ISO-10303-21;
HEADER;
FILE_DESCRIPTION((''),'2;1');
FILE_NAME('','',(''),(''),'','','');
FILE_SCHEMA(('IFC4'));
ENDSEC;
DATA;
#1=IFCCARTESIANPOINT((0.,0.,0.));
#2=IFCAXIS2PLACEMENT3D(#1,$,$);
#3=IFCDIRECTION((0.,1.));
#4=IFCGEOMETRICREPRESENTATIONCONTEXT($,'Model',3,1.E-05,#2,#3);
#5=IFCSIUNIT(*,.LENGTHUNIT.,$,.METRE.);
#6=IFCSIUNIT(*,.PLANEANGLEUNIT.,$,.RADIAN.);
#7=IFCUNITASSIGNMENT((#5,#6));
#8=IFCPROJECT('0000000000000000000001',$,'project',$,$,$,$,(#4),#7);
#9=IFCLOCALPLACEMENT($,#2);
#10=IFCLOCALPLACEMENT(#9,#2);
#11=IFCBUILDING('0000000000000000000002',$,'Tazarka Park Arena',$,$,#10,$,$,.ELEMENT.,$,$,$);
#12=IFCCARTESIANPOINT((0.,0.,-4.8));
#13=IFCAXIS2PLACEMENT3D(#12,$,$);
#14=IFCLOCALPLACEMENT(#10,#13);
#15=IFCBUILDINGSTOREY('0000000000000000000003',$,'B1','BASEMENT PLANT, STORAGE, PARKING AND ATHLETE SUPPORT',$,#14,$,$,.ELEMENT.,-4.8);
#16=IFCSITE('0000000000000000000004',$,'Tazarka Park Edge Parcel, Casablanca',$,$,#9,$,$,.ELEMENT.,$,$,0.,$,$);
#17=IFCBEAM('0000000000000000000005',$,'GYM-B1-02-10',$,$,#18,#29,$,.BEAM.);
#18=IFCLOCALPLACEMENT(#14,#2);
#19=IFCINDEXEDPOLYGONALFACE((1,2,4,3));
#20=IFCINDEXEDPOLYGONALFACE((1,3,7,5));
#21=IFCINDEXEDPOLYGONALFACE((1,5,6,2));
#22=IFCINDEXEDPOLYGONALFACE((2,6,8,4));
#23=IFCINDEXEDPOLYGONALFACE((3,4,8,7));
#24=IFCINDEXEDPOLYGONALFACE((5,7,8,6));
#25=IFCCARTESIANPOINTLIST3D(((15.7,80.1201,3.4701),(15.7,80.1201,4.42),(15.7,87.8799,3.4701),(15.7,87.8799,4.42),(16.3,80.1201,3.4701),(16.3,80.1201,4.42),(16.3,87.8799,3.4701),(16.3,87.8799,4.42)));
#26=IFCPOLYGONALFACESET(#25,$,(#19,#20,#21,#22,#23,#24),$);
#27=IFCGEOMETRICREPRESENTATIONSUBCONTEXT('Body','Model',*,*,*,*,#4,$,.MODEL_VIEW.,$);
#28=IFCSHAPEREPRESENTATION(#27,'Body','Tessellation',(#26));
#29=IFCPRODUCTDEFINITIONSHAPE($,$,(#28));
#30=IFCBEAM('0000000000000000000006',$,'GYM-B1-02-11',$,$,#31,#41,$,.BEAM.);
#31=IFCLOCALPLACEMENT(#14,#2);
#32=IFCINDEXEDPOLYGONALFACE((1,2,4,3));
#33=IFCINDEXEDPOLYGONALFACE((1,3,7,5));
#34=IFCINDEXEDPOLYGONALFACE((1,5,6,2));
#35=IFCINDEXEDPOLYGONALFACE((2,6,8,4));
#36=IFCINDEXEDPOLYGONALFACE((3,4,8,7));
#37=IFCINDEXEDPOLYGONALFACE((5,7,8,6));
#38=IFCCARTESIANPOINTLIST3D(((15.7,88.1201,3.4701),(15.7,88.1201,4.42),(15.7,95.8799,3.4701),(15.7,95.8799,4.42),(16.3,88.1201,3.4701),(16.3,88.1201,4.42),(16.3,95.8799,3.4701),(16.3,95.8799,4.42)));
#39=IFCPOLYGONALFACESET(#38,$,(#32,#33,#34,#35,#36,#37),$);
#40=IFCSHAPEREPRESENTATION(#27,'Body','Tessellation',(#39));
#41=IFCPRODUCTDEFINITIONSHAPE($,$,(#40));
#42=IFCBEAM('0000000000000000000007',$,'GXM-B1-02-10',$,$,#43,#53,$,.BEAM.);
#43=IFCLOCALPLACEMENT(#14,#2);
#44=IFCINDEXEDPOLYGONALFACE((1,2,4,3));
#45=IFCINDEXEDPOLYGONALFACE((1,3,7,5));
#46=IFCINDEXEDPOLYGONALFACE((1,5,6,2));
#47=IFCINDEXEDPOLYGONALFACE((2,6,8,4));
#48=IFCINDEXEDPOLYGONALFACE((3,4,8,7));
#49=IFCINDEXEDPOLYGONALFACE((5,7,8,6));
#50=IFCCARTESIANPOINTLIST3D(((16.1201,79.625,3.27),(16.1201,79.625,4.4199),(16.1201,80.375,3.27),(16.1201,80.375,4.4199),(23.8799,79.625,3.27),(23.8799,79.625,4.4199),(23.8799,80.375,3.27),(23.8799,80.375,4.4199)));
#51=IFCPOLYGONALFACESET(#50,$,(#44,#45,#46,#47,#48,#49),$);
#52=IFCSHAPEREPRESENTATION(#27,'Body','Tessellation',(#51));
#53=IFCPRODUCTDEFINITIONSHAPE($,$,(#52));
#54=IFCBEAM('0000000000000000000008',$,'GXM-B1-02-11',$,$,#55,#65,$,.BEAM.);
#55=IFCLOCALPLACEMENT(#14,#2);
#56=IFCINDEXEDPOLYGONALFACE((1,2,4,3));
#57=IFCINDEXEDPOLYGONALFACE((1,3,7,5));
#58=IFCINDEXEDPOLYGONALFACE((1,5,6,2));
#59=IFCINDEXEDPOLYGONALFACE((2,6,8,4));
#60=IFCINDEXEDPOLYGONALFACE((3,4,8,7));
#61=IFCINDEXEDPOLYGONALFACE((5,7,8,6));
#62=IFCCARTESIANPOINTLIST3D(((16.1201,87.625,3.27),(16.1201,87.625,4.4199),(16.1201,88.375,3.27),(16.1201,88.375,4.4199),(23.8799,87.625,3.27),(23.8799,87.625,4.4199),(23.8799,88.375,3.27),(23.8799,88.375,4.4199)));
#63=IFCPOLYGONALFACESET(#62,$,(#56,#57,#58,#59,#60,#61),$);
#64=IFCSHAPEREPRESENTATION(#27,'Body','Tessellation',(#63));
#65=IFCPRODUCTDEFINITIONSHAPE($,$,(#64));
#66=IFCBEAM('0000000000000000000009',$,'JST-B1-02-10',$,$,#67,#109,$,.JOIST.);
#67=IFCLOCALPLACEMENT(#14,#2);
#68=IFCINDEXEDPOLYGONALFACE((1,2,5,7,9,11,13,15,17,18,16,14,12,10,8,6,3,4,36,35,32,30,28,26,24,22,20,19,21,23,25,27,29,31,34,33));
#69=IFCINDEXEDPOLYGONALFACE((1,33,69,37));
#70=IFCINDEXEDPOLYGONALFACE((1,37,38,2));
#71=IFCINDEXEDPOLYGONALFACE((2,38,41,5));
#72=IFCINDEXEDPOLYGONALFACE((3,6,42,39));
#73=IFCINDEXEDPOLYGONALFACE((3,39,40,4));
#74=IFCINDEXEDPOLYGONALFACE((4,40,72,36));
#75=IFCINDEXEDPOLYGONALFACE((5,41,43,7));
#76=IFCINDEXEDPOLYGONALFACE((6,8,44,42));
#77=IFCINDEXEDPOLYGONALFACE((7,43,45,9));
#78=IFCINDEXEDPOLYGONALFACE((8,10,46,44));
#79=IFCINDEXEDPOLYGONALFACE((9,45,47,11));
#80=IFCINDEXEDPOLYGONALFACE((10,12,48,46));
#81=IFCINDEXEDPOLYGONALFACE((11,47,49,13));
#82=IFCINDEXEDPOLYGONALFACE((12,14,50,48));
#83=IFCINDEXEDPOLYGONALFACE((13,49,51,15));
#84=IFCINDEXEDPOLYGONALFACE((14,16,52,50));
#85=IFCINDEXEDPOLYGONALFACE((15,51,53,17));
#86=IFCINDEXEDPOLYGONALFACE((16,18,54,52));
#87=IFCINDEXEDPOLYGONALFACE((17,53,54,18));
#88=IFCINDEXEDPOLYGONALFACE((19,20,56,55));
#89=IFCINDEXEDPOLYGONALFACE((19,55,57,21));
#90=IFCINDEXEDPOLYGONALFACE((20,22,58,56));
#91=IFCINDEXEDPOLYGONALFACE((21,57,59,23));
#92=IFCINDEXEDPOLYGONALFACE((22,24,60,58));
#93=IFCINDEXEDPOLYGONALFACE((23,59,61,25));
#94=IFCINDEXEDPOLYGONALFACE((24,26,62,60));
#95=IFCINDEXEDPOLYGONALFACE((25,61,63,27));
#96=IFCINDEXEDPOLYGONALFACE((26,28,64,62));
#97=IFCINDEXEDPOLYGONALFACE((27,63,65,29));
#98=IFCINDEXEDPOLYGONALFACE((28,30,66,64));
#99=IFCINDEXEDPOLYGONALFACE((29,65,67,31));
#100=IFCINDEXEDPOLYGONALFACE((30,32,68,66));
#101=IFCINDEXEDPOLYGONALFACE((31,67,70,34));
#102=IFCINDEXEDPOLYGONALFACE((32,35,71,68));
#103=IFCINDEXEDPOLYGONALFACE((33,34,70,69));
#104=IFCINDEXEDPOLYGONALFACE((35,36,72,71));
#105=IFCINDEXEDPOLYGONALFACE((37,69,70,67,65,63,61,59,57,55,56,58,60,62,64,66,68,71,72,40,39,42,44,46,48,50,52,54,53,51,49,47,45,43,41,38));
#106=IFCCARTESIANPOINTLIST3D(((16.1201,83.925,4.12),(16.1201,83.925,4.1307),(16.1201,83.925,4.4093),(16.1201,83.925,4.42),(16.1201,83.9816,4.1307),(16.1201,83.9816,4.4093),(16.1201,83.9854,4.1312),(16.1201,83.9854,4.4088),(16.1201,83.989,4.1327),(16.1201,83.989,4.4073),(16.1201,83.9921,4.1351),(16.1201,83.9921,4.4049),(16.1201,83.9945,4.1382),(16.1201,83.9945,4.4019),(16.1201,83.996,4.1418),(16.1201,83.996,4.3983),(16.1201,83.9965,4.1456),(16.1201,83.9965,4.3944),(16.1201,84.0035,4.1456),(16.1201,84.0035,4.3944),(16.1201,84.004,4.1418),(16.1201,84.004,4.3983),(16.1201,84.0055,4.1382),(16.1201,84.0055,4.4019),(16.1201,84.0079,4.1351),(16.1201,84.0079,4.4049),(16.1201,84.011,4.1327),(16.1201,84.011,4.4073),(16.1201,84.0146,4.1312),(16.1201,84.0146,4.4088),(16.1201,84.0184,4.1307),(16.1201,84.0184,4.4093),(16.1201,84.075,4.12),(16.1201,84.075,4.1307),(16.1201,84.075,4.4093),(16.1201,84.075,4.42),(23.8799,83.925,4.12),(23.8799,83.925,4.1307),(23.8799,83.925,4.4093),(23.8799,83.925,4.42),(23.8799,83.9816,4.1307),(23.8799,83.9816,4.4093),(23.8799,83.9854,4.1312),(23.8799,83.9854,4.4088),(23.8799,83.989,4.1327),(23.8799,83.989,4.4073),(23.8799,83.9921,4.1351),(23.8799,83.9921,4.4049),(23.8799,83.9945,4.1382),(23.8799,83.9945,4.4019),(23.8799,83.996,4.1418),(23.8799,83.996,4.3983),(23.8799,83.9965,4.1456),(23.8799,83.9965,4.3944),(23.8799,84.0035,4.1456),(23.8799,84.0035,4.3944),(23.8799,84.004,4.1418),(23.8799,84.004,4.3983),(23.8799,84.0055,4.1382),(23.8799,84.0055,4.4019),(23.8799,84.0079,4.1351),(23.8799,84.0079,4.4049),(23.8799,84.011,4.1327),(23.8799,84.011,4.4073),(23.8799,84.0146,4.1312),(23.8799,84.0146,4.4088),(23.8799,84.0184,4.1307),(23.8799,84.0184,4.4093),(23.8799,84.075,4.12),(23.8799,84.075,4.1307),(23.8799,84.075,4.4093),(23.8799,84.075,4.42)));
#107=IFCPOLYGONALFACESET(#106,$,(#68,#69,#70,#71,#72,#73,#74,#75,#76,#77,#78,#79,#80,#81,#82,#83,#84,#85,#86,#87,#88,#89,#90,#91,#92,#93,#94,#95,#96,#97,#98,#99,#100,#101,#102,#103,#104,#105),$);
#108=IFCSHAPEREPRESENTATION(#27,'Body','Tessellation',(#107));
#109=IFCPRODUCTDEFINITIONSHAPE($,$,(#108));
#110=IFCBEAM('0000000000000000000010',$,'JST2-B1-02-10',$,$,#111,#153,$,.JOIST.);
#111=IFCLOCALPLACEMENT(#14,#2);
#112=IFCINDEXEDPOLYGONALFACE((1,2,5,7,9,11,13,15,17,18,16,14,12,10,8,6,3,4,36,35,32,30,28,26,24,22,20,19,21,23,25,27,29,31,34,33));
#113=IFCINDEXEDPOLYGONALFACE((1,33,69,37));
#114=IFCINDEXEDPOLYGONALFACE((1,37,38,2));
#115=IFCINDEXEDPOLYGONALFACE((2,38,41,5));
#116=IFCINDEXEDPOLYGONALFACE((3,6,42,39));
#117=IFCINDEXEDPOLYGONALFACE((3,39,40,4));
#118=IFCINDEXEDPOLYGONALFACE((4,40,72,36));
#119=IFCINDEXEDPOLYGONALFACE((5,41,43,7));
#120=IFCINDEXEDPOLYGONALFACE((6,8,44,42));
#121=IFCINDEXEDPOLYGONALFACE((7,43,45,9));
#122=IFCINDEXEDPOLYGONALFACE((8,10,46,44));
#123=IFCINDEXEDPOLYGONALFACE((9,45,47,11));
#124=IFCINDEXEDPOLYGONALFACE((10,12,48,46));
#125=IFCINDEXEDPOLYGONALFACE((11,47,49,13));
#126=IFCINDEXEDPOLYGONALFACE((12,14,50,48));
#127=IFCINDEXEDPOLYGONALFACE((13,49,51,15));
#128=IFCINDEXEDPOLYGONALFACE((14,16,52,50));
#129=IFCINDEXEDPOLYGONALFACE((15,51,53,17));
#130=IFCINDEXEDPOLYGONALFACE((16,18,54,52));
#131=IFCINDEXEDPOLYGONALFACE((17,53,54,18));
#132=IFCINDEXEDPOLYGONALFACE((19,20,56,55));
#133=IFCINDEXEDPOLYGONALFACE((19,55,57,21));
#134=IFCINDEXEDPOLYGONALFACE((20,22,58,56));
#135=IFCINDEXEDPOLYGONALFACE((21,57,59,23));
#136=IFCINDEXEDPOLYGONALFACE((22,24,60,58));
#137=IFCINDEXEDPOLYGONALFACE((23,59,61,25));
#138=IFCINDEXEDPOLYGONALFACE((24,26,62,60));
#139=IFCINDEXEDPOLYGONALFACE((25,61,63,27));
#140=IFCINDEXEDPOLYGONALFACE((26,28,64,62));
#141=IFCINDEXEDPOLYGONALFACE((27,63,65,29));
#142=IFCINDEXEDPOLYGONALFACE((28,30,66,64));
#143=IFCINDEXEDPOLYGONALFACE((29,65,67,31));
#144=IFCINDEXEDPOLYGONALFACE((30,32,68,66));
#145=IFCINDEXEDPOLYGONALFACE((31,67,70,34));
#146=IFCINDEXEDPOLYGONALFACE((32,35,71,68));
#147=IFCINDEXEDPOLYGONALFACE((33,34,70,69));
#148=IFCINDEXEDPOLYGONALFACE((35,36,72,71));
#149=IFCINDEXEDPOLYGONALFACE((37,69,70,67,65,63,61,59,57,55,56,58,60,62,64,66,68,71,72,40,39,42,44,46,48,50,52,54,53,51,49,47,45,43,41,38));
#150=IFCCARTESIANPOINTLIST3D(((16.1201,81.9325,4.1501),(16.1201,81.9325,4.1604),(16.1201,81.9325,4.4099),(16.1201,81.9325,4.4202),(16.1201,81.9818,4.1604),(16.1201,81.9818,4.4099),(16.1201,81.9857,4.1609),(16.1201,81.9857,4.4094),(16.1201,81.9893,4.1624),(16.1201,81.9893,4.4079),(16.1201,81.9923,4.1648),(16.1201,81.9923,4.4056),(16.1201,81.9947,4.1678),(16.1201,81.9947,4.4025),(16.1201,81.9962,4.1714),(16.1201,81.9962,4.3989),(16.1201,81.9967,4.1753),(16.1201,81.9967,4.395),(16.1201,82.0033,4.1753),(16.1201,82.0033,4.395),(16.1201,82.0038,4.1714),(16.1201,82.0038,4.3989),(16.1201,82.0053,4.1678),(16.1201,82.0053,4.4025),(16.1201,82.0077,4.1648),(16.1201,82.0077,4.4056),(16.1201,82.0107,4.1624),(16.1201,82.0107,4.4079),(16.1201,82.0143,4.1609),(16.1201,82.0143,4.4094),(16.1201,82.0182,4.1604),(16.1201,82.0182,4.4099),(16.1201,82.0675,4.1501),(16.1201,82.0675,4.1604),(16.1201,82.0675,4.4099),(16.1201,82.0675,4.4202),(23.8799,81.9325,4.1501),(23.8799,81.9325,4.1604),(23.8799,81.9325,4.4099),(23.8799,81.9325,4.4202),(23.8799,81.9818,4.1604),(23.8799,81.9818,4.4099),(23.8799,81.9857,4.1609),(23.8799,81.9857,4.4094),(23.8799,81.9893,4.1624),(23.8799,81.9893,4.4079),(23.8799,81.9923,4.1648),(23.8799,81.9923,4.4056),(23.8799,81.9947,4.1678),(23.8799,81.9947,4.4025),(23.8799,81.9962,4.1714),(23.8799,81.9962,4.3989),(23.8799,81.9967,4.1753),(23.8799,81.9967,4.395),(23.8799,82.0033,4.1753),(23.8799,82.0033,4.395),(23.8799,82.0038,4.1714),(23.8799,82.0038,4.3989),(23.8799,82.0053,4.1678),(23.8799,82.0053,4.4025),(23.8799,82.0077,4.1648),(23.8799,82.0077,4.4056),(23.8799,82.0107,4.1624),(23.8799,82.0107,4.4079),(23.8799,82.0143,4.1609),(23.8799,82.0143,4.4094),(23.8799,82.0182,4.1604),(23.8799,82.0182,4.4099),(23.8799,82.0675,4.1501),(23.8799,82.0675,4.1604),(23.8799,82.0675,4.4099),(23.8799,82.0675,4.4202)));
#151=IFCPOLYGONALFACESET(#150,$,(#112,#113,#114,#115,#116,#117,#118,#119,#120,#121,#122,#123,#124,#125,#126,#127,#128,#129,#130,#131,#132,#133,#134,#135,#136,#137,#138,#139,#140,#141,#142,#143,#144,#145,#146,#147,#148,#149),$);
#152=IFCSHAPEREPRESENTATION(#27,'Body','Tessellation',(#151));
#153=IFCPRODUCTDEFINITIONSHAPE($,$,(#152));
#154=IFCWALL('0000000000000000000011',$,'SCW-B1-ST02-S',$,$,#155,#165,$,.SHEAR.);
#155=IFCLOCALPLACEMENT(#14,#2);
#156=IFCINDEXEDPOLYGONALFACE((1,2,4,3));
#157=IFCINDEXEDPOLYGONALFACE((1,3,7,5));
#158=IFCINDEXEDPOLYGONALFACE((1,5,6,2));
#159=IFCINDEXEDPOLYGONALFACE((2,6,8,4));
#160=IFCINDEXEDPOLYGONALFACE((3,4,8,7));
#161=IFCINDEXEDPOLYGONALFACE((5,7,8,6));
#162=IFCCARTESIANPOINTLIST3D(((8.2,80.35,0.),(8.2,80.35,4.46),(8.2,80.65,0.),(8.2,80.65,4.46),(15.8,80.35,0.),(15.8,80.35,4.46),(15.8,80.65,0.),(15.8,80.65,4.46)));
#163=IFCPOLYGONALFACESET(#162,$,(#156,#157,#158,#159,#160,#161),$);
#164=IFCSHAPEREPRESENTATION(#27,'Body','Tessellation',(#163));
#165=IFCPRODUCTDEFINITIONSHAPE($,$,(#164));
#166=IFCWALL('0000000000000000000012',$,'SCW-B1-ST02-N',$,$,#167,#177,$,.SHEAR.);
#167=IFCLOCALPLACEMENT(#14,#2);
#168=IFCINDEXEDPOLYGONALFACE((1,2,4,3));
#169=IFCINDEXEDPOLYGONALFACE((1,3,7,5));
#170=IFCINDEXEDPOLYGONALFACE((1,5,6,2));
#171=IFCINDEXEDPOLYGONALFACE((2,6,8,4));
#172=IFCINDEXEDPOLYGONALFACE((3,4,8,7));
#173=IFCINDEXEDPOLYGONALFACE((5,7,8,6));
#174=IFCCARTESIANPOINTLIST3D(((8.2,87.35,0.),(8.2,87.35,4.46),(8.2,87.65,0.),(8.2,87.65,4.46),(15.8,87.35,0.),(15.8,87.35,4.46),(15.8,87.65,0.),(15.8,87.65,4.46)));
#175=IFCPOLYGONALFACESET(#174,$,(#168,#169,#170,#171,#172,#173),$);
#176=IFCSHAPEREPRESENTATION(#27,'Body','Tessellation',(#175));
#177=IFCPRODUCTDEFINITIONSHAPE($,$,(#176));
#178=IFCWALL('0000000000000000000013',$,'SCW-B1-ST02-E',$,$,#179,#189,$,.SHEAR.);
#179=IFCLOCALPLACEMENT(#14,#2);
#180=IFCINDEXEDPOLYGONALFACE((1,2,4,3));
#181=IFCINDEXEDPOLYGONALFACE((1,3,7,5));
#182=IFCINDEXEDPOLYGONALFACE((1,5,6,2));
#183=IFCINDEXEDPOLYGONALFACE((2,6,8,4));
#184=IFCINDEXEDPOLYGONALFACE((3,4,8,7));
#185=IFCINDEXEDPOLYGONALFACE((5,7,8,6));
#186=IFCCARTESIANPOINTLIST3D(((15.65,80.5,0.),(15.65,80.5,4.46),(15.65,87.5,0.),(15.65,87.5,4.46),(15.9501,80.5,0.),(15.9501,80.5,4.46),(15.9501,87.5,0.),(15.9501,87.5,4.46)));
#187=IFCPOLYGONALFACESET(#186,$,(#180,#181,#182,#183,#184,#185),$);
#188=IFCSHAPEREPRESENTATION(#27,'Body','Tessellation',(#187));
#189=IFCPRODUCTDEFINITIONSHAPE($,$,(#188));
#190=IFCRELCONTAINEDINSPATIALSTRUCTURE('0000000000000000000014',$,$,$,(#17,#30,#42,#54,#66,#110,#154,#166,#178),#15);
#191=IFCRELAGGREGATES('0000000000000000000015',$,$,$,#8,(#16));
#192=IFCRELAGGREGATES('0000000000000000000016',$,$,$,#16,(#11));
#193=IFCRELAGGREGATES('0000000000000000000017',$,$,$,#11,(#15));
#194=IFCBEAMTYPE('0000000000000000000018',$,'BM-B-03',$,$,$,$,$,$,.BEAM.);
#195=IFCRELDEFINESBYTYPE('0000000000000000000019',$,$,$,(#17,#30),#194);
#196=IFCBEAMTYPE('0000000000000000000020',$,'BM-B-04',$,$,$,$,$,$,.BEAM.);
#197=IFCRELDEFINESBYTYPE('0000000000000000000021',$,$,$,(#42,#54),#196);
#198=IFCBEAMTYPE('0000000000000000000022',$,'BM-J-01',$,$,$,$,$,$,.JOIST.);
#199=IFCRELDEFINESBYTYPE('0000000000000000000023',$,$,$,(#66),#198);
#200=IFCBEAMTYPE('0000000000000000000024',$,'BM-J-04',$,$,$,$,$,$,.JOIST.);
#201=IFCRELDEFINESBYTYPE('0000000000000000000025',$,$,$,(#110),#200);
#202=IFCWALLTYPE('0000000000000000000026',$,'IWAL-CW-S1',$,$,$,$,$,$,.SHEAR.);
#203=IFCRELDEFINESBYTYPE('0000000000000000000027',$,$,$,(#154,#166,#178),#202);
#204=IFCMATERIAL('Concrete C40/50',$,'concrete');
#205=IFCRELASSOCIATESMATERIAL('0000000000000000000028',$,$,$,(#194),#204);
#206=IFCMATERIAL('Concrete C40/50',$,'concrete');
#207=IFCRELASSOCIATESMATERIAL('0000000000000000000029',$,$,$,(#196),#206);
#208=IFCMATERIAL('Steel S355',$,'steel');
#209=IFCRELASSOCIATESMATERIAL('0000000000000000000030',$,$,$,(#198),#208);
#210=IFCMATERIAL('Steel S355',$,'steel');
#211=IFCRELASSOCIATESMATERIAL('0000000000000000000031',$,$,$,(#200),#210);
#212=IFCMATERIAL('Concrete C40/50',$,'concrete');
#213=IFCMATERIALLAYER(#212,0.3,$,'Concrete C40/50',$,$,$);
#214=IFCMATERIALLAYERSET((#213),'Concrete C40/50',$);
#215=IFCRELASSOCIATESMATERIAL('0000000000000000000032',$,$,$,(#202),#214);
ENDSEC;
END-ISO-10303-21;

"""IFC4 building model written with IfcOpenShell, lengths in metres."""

from ifc_helpers import new_model, si_unit, direction, frame, frame_2d, origin, origin_2d, place, context, subcontext, project, spatial, rectangle, i_section, extrude, material, layer, layer_set, material_profile, profile_set, type_object, element, save


model = new_model("IFC4")

# Units and contexts
model_context = context("Model", 3, precision=1e-05, world=origin(), true_north=direction((0.0, 1.0)))
body_context = subcontext(model_context, "Body", "Model", "MODEL_VIEW")
ifc_project = project(units=[si_unit("LENGTHUNIT", "METRE"), si_unit("PLANEANGLEUNIT", "RADIAN")], contexts=[model_context])

# Site, building, storey
site_placement = place(None, origin())
site = spatial("IfcSite", under=ifc_project, at=site_placement, Name="Tazarka Park Edge Parcel, Casablanca", CompositionType="ELEMENT", RefElevation=0.0)
building_placement = place(site_placement, origin())
building = spatial("IfcBuilding", under=site, at=building_placement, Name="Tazarka Park Arena", CompositionType="ELEMENT")
storey_placement = place(building_placement, frame((0.0, 0.0, -4.8)))
storey = spatial("IfcBuildingStorey", under=building, at=storey_placement, Name="B1", Description="BASEMENT PLANT, STORAGE, PARKING AND ATHLETE SUPPORT", CompositionType="ELEMENT", Elevation=-4.8)

# Beams
ifc_material_1 = material(Name="Concrete C40/50", Category="concrete")
ifc_material_profile_1 = material_profile(ifc_material_1, rectangle(XDim=0.6001, YDim=0.95, at=origin_2d()), Name="Concrete C40/50")
ifc_profile_set_1 = profile_set([ifc_material_profile_1], Name="Concrete C40/50")
beam_type_1 = type_object("IfcBeamType", Name="BM-B-03", PredefinedType="BEAM", material=ifc_profile_set_1)
for number, where, z_axis, x_axis, name in (
    (1, (16.0, 80.1201, 3.9451), (0.0, 1.0, 0.0), (-1.0, 0.0, 0.0), "GYM-B1-02-10"),
    (2, (16.0, 88.1201, 3.9451), (0.0, 1.0, 0.0), (-1.0, 0.0, 0.0), "GYM-B1-02-11"),
):
    element("IfcBeam", number, at=place(storey_placement, frame(where, z_axis=z_axis, x_axis=x_axis)), inside=storey, type_object=beam_type_1, Name=name, PredefinedType="BEAM", context=body_context, shape_type="SweptSolid", body=[
        extrude(rectangle(XDim=0.6001, YDim=0.95, at=origin_2d()), origin(), (0.0, 0.0, 1.0), 7.7598),
    ])
ifc_material_2 = material(Name="Concrete C40/50", Category="concrete")
ifc_material_profile_2 = material_profile(ifc_material_2, rectangle(XDim=0.75, YDim=1.1499, at=origin_2d()), Name="Concrete C40/50")
ifc_profile_set_2 = profile_set([ifc_material_profile_2], Name="Concrete C40/50")
beam_type_2 = type_object("IfcBeamType", Name="BM-B-04", PredefinedType="BEAM", material=ifc_profile_set_2)
for number, where, z_axis, x_axis, name in (
    (3, (16.1201, 80.0, 3.845), (1.0, 0.0, 0.0), (0.0, 1.0, 0.0), "GXM-B1-02-10"),
    (4, (16.1201, 88.0, 3.845), (1.0, 0.0, 0.0), (0.0, 1.0, 0.0), "GXM-B1-02-11"),
):
    element("IfcBeam", number, at=place(storey_placement, frame(where, z_axis=z_axis, x_axis=x_axis)), inside=storey, type_object=beam_type_2, Name=name, PredefinedType="BEAM", context=body_context, shape_type="SweptSolid", body=[
        extrude(rectangle(XDim=0.75, YDim=1.1499, at=origin_2d()), origin(), (0.0, 0.0, 1.0), 7.7598),
    ])
ifc_material_3 = material(Name="Steel S355", Category="steel")
ifc_material_profile_3 = material_profile(ifc_material_3, i_section(OverallWidth=0.1499, OverallDepth=0.3, WebThickness=0.0071, FlangeThickness=0.0107, FilletRadius=0.0149, at=origin_2d()), Name="Steel S355")
ifc_profile_set_3 = profile_set([ifc_material_profile_3], Name="Steel S355")
beam_type_3 = type_object("IfcBeamType", Name="BM-J-01", PredefinedType="JOIST", material=ifc_profile_set_3)
beam_1_placement = place(storey_placement, frame((16.1201, 84.0, 4.27), z_axis=(1.0, 0.0, 0.0), x_axis=(0.0, 1.0, 0.0)))
element("IfcBeam", 5, at=beam_1_placement, inside=storey, type_object=beam_type_3, Name="JST-B1-02-10", PredefinedType="JOIST", context=body_context, shape_type="SweptSolid", body=[
    extrude(i_section(OverallWidth=0.1499, OverallDepth=0.3, WebThickness=0.0071, FlangeThickness=0.0107, FilletRadius=0.0149, at=origin_2d()), origin(), (0.0, 0.0, 1.0), 7.7598),
])
ifc_material_4 = material(Name="Steel S355", Category="steel")
ifc_material_profile_4 = material_profile(ifc_material_4, i_section(OverallWidth=0.135, OverallDepth=0.27, WebThickness=0.0066, FlangeThickness=0.0103, FilletRadius=0.0149, at=origin_2d()), Name="Steel S355")
ifc_profile_set_4 = profile_set([ifc_material_profile_4], Name="Steel S355")
beam_type_4 = type_object("IfcBeamType", Name="BM-J-04", PredefinedType="JOIST", material=ifc_profile_set_4)
beam_2_placement = place(storey_placement, frame((16.1201, 82.0, 4.2852), z_axis=(1.0, 0.0, 0.0), x_axis=(0.0, 1.0, 0.0)))
element("IfcBeam", 6, at=beam_2_placement, inside=storey, type_object=beam_type_4, Name="JST2-B1-02-10", PredefinedType="JOIST", context=body_context, shape_type="SweptSolid", body=[
    extrude(i_section(OverallWidth=0.135, OverallDepth=0.27, WebThickness=0.0066, FlangeThickness=0.0103, FilletRadius=0.0149, at=origin_2d()), origin(), (0.0, 0.0, 1.0), 7.7598),
])

# Walls
ifc_material_5 = material(Name="Concrete C40/50", Category="concrete")
ifc_layer_1 = layer(ifc_material_5, 0.3, Name="Concrete C40/50")
ifc_layer_set_1 = layer_set([ifc_layer_1], Name="Concrete C40/50")
wall_type_1 = type_object("IfcWallType", Name="IWAL-CW-S1", PredefinedType="SHEAR", material=ifc_layer_set_1)
for number, where, z_axis, x_axis, name in (
    (7, (15.8, 80.5, 0.0), (0.0, 0.0, 1.0), (-1.0, 0.0, 0.0), "SCW-B1-ST02-S"),
    (8, (8.2, 87.5, 0.0), (0.0, 0.0, 1.0), (1.0, 0.0, 0.0), "SCW-B1-ST02-N"),
):
    element("IfcWall", number, at=place(storey_placement, frame(where, z_axis=z_axis, x_axis=x_axis)), inside=storey, type_object=wall_type_1, Name=name, PredefinedType="SHEAR", context=body_context, shape_type="SweptSolid", body=[
        extrude(rectangle(XDim=7.6001, YDim=0.3, at=frame_2d((3.8, 0.0))), origin(), (0.0, 0.0, 1.0), 4.46),
    ])
wall_1_placement = place(storey_placement, frame((15.8, 87.5, 0.0), z_axis=(0.0, 0.0, 1.0), x_axis=(0.0, -1.0, 0.0)))
element("IfcWall", 9, at=wall_1_placement, inside=storey, type_object=wall_type_1, Name="SCW-B1-ST02-E", PredefinedType="SHEAR", context=body_context, shape_type="SweptSolid", body=[
    extrude(rectangle(XDim=7.0, YDim=0.3, at=frame_2d((3.5, 0.0))), origin(), (0.0, 0.0, 1.0), 4.46),
])

save(model, "model.ifc")
